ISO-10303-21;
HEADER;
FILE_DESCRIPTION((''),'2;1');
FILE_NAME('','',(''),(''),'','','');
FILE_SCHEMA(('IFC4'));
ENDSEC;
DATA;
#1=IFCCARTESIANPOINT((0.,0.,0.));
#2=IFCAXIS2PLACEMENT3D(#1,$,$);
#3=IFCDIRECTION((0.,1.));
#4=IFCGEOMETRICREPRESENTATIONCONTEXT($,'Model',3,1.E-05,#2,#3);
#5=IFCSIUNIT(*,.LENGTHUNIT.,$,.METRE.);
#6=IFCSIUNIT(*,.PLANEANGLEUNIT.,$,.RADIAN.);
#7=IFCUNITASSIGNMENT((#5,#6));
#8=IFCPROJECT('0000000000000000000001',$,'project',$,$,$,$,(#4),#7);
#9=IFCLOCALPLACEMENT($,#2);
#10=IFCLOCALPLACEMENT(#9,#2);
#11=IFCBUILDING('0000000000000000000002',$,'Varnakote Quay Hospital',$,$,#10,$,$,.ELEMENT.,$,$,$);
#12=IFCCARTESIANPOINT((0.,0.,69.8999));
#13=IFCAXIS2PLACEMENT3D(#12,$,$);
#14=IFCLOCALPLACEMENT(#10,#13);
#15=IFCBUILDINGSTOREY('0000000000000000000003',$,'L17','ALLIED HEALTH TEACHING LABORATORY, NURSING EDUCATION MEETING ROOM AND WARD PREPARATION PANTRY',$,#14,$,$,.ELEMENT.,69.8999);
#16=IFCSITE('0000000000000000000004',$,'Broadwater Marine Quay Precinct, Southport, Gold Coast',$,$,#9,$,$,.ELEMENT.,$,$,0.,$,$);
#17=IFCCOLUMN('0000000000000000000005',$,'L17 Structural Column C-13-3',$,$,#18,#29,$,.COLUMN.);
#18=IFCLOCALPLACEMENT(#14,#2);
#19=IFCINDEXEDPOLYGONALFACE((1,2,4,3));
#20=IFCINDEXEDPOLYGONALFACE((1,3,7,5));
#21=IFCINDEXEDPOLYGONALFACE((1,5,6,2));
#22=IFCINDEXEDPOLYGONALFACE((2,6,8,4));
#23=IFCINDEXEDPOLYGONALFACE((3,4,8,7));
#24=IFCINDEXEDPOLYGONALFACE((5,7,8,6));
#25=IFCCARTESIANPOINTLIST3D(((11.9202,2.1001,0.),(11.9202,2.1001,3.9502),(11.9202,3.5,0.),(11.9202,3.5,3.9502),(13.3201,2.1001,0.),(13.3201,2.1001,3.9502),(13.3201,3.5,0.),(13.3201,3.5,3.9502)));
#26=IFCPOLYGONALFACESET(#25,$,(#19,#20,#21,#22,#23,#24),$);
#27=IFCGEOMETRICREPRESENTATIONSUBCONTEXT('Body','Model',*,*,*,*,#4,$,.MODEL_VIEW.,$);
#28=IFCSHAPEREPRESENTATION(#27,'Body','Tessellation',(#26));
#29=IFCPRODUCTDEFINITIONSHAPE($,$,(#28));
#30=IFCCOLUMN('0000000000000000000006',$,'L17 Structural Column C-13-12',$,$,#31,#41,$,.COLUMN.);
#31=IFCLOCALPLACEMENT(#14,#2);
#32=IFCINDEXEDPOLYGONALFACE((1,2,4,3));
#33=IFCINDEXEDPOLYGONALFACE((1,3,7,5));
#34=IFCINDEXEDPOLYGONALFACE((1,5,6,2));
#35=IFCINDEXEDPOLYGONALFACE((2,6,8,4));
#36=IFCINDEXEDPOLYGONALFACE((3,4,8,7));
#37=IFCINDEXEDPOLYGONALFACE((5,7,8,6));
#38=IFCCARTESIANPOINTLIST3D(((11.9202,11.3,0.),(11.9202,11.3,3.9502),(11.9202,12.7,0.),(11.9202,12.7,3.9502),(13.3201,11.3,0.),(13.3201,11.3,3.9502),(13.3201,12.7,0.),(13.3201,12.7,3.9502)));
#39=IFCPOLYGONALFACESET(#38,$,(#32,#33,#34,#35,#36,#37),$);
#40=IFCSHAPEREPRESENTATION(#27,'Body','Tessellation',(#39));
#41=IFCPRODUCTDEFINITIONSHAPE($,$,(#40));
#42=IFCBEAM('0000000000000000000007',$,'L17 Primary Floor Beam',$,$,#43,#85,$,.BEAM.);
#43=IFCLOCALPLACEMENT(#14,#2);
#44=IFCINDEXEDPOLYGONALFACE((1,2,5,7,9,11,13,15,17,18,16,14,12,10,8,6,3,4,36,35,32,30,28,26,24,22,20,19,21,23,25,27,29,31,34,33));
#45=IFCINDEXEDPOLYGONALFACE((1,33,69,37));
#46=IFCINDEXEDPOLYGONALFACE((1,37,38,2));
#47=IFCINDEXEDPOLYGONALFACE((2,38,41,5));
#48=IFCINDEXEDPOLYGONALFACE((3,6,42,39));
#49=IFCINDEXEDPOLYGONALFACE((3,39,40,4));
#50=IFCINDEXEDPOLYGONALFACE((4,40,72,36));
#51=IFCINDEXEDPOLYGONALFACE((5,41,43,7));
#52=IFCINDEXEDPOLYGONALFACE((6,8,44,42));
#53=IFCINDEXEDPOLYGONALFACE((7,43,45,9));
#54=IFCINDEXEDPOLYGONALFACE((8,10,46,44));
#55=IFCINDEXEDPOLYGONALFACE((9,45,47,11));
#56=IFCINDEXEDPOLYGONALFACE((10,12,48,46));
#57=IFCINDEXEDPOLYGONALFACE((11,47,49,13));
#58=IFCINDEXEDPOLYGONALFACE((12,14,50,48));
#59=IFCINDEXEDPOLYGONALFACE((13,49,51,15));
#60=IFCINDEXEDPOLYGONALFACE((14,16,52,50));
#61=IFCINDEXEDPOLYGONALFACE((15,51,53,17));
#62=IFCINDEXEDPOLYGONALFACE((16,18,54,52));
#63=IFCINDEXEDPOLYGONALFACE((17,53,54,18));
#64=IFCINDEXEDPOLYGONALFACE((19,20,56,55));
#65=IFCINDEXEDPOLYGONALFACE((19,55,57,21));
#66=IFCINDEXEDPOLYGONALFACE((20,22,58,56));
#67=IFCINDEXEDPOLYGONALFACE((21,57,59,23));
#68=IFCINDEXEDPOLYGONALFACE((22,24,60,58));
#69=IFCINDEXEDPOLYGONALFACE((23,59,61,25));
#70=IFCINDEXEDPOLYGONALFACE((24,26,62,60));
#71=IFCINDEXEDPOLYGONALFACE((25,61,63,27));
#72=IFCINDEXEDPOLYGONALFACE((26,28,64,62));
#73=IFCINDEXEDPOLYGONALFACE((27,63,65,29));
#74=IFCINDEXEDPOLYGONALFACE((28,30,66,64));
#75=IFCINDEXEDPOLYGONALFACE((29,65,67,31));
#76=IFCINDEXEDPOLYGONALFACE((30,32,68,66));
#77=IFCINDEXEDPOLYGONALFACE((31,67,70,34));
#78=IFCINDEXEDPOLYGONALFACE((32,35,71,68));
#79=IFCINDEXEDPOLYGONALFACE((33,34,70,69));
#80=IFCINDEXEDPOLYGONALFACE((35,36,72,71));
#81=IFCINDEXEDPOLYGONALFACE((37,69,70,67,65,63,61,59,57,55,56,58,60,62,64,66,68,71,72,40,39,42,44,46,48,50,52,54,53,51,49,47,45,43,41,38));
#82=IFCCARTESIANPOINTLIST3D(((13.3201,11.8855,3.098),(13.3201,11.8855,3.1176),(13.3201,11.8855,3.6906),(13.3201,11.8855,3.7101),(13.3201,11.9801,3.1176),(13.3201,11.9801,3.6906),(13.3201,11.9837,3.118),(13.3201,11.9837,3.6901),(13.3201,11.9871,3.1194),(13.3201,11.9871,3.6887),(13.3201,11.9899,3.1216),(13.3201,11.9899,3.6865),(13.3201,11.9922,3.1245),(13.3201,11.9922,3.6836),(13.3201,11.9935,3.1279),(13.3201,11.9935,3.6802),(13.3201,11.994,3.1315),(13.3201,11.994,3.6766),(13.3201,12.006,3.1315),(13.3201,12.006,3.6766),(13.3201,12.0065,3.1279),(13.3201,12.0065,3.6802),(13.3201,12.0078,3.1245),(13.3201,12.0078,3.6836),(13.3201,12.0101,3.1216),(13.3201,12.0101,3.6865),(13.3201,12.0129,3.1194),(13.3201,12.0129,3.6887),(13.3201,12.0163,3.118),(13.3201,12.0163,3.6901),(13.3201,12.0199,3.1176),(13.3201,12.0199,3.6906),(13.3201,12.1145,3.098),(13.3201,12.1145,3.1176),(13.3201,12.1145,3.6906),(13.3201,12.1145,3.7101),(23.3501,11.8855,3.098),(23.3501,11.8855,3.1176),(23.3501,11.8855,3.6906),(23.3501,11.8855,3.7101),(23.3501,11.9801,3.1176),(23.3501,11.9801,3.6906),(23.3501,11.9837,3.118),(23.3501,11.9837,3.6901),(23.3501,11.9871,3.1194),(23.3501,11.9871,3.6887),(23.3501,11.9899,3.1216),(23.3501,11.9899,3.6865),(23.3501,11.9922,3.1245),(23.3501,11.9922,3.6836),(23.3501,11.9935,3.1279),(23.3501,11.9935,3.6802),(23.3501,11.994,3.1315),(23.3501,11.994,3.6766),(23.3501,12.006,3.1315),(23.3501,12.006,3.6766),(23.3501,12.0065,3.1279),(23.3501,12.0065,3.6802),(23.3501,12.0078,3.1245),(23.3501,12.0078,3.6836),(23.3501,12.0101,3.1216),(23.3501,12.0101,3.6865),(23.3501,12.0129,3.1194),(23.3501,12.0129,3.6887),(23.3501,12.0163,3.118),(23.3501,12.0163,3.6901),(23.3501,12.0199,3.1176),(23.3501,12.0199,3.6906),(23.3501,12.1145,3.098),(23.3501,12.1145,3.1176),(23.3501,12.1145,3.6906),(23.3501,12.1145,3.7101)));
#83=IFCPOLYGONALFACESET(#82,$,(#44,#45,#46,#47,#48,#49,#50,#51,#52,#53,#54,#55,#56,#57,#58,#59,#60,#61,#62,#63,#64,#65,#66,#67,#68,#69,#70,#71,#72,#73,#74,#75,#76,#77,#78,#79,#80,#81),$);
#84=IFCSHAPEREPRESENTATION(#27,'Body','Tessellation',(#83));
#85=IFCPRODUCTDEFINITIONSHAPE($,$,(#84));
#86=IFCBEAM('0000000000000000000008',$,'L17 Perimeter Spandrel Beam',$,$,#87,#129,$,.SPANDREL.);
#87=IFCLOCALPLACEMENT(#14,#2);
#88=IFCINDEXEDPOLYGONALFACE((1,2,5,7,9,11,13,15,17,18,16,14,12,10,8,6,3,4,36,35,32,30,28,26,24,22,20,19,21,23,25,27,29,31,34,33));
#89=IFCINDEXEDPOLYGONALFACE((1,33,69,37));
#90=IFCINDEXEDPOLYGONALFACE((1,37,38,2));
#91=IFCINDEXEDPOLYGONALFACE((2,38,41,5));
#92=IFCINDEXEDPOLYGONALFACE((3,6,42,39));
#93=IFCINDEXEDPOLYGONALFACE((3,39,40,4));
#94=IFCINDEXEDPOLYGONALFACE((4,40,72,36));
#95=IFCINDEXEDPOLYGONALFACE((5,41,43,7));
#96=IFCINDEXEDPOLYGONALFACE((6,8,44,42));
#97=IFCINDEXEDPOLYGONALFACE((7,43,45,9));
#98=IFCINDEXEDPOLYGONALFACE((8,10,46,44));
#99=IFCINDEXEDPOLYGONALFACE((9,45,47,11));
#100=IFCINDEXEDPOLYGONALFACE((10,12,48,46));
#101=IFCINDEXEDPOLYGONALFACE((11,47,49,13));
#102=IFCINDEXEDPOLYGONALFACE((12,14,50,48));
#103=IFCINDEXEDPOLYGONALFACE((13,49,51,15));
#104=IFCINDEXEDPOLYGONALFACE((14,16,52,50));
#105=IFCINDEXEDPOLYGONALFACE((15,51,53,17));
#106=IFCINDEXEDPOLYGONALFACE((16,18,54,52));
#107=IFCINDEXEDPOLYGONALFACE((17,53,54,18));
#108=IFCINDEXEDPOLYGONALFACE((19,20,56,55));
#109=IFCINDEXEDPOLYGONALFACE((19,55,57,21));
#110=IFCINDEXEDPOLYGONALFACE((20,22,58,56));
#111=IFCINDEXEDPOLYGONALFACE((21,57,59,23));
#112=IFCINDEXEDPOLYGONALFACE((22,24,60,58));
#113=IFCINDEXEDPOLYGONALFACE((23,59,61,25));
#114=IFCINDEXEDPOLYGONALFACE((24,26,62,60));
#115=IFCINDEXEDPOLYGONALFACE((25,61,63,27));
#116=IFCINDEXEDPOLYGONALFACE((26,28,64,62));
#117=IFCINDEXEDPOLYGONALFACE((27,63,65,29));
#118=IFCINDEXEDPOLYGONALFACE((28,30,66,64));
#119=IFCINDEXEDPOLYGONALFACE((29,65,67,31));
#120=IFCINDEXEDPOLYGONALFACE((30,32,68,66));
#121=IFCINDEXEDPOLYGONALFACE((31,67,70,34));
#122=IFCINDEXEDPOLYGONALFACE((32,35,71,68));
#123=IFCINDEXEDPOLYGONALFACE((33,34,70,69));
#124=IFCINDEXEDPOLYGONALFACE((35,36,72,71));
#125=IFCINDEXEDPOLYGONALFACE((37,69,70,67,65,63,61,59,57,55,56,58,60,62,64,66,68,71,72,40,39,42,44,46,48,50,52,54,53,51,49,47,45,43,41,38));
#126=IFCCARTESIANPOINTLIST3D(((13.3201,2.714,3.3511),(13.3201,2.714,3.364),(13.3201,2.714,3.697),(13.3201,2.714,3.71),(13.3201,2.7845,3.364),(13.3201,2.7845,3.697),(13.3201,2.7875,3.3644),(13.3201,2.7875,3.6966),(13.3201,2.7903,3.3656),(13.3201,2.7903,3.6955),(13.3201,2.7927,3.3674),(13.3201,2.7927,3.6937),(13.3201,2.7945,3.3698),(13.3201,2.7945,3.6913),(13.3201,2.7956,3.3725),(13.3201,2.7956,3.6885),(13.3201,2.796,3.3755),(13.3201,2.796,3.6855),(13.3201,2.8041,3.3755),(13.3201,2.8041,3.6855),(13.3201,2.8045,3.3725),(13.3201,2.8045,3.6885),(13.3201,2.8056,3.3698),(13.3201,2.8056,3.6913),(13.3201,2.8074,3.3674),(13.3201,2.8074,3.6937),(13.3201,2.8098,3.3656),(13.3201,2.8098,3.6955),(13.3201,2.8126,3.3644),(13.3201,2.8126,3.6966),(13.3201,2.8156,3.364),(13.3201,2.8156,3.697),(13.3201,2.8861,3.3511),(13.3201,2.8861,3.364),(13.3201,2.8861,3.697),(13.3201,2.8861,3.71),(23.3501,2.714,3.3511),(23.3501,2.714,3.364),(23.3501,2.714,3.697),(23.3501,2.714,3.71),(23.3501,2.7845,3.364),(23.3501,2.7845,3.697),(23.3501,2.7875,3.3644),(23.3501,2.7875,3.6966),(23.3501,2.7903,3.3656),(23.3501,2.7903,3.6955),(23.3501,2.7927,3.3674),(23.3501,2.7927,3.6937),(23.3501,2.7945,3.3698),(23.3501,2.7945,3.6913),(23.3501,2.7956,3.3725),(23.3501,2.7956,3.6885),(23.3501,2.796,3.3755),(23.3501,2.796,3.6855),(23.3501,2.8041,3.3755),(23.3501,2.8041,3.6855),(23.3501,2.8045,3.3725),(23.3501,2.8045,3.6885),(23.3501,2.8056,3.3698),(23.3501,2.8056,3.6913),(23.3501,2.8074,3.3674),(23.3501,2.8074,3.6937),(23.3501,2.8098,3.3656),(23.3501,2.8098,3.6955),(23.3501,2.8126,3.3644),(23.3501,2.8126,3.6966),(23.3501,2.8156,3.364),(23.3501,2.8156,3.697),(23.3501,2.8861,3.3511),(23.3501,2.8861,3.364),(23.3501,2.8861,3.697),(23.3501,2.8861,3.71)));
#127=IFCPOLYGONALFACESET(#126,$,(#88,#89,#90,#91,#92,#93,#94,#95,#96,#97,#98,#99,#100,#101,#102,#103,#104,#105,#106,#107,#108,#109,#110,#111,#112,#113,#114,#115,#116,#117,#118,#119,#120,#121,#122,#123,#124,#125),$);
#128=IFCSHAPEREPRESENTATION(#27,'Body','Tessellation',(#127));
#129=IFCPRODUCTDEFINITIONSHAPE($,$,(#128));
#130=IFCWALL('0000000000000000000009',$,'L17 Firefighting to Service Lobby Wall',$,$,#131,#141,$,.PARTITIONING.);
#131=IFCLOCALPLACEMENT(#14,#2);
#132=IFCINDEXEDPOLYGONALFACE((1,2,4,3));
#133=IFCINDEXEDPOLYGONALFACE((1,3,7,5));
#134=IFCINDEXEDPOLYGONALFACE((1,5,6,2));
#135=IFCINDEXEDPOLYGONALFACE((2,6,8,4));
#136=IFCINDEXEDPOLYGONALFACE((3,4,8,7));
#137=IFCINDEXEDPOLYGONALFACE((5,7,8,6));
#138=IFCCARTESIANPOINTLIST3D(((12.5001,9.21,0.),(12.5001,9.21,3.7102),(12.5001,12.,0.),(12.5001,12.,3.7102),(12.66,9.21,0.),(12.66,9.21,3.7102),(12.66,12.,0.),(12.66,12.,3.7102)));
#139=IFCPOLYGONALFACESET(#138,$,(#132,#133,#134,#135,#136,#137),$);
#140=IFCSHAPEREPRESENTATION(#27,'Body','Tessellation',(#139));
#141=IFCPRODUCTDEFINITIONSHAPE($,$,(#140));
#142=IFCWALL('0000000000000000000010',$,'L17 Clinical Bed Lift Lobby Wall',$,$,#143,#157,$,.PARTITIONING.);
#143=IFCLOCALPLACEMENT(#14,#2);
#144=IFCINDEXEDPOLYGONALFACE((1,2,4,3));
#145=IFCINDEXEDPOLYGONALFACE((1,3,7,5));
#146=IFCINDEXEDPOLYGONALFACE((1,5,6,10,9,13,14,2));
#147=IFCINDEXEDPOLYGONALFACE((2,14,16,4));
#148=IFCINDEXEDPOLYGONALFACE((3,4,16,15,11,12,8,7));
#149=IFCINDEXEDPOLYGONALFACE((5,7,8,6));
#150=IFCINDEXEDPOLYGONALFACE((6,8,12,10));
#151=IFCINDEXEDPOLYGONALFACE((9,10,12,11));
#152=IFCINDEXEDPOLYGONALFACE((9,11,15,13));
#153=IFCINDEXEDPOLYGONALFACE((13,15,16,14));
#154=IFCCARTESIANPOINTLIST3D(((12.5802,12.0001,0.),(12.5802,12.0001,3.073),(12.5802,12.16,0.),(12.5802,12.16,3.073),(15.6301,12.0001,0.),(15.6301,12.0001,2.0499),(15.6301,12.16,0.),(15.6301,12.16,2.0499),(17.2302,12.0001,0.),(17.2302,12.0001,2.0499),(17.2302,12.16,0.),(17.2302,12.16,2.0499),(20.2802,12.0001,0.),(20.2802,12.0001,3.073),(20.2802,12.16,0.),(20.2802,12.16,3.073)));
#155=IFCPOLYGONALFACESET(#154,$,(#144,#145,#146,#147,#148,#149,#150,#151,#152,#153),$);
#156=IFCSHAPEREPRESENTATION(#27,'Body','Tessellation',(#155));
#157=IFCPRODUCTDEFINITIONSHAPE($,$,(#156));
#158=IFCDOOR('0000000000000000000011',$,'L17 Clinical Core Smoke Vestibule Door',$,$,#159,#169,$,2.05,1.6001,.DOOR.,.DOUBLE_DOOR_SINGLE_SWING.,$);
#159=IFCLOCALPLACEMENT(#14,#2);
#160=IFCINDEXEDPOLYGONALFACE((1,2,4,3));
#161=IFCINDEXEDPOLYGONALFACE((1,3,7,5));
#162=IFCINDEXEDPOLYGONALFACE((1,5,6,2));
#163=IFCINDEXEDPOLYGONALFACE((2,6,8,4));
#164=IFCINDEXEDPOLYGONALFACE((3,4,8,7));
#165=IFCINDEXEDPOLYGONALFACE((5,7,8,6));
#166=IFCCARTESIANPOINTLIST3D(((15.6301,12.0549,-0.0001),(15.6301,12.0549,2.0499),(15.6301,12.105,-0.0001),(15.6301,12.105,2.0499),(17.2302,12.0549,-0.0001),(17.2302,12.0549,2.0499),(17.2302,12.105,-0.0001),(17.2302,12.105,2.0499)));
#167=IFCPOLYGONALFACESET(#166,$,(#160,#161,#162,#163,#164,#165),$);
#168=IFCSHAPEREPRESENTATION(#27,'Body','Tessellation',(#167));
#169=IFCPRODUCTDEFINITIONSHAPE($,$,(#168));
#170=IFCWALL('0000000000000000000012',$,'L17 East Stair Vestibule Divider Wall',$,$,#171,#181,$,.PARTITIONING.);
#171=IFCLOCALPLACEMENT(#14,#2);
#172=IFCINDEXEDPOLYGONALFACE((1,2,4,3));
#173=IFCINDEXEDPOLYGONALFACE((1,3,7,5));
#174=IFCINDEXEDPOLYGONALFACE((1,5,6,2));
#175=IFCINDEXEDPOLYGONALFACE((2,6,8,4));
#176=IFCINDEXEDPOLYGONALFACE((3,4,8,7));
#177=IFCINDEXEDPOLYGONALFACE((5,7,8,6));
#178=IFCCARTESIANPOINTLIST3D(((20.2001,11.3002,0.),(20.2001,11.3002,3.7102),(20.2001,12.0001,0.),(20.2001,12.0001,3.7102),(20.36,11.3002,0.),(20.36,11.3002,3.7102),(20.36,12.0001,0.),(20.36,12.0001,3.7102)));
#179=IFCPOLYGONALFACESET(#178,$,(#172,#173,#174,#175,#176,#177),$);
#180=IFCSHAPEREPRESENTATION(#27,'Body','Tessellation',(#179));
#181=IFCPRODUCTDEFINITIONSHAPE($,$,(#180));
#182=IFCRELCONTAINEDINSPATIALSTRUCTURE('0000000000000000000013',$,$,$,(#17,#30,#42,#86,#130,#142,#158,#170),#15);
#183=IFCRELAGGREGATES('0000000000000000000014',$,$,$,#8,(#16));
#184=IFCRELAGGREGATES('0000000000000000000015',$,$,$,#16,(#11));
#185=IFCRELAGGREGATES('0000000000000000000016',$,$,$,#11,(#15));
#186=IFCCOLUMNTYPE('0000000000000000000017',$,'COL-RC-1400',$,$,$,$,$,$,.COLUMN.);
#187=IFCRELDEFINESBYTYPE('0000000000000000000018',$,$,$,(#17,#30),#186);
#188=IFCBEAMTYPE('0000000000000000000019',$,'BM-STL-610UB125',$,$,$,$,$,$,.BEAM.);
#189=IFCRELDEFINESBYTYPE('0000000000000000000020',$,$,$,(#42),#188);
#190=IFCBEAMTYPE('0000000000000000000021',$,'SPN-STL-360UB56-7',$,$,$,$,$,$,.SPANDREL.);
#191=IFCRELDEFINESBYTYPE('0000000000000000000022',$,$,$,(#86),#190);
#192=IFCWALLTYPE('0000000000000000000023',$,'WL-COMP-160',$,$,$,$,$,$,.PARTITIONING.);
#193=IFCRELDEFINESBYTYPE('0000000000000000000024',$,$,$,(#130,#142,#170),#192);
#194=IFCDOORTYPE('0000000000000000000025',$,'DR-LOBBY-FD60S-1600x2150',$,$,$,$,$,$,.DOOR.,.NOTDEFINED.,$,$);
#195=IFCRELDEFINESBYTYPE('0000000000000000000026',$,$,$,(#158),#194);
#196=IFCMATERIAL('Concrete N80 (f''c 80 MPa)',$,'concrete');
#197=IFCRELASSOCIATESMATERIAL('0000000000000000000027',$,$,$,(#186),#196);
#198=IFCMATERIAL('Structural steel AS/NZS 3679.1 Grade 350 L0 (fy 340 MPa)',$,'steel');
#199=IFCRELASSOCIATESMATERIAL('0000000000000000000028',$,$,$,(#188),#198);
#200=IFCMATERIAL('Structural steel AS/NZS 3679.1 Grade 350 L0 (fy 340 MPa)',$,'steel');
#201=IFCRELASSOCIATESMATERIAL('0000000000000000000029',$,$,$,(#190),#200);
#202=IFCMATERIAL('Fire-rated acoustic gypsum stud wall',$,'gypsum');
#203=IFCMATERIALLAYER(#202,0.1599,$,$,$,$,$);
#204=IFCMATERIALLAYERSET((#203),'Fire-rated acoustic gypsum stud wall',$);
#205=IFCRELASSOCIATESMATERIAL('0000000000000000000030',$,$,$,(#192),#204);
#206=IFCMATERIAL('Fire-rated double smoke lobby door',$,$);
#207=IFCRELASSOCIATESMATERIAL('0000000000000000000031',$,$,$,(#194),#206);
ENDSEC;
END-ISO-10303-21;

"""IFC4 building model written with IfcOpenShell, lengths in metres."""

from ifc_helpers import new_model, si_unit, direction, frame, frame_2d, origin, origin_2d, place, context, subcontext, project, spatial, rectangle, i_section, extrude, material, layer, layer_set, material_profile, profile_set, type_object, element, fill, save


model = new_model("IFC4")

# Units and contexts
model_context = context("Model", 3, precision=1e-05, world=origin(), true_north=direction((0.0, 1.0)))
body_context = subcontext(model_context, "Body", "Model", "MODEL_VIEW")
ifc_project = project(units=[si_unit("LENGTHUNIT", "METRE"), si_unit("PLANEANGLEUNIT", "RADIAN")], contexts=[model_context])

# Site, building, storey
site_placement = place(None, origin())
site = spatial("IfcSite", under=ifc_project, at=site_placement, Name="Broadwater Marine Quay Precinct, Southport, Gold Coast", CompositionType="ELEMENT", RefElevation=0.0)
building_placement = place(site_placement, origin())
building = spatial("IfcBuilding", under=site, at=building_placement, Name="Varnakote Quay Hospital", CompositionType="ELEMENT")
storey_placement = place(building_placement, frame((0.0, 0.0, 69.8999)))
storey = spatial("IfcBuildingStorey", under=building, at=storey_placement, Name="L17", Description="ALLIED HEALTH TEACHING LABORATORY, NURSING EDUCATION MEETING ROOM AND WARD PREPARATION PANTRY", CompositionType="ELEMENT", Elevation=69.8999)

# Columns
ifc_material_1 = material(Name="Concrete N80 (f'c 80 MPa)", Category="concrete")
ifc_material_profile_1 = material_profile(ifc_material_1, rectangle(XDim=1.3999, YDim=1.3999, at=origin_2d()), Name="RC-COL-1400x1400")
ifc_profile_set_1 = profile_set([ifc_material_profile_1], Name="Concrete N80 (f'c 80 MPa)")
column_type = type_object("IfcColumnType", Name="COL-RC-1400", PredefinedType="COLUMN", material=ifc_profile_set_1)
for number, where, z_axis, x_axis, name in (
    (1, (12.6201, 2.8, 0.0), (0.0, 0.0, 1.0), (1.0, 0.0, 0.0), "L17 Structural Column C-13-3"),
    (2, (12.6201, 12.0, 0.0), (0.0, 0.0, 1.0), (1.0, 0.0, 0.0), "L17 Structural Column C-13-12"),
):
    element("IfcColumn", number, at=place(storey_placement, frame(where, z_axis=z_axis, x_axis=x_axis)), inside=storey, type_object=column_type, Name=name, PredefinedType="COLUMN", context=body_context, shape_type="SweptSolid", body=[
        extrude(rectangle(XDim=1.3999, YDim=1.3999, at=origin_2d()), origin(), (0.0, 0.0, 1.0), 3.9502),
    ])

# Beams
ifc_material_2 = material(Name="Structural steel AS/NZS 3679.1 Grade 350 L0 (fy 340 MPa)", Category="steel")
ifc_material_profile_2 = material_profile(ifc_material_2, i_section(OverallWidth=0.229, OverallDepth=0.6121, WebThickness=0.012, FlangeThickness=0.0195, FilletRadius=0.0139, at=origin_2d()), Name="610UB125")
ifc_profile_set_2 = profile_set([ifc_material_profile_2], Name="Structural steel AS/NZS 3679.1 Grade 350 L0 (fy 340 MPa)")
beam_type_1 = type_object("IfcBeamType", Name="BM-STL-610UB125", PredefinedType="BEAM", material=ifc_profile_set_2)
beam_1_placement = place(storey_placement, frame((13.3201, 12.0, 3.4041), z_axis=(1.0, 0.0, 0.0), x_axis=(0.0, 1.0, 0.0)))
element("IfcBeam", 3, at=beam_1_placement, inside=storey, type_object=beam_type_1, Name="L17 Primary Floor Beam", PredefinedType="BEAM", context=body_context, shape_type="SweptSolid", body=[
    extrude(i_section(OverallWidth=0.229, OverallDepth=0.6121, WebThickness=0.012, FlangeThickness=0.0195, FilletRadius=0.0139, at=origin_2d()), origin(), (0.0, 0.0, 1.0), 10.03),
])
ifc_material_3 = material(Name="Structural steel AS/NZS 3679.1 Grade 350 L0 (fy 340 MPa)", Category="steel")
ifc_material_profile_3 = material_profile(ifc_material_3, i_section(OverallWidth=0.1721, OverallDepth=0.3589, WebThickness=0.0081, FlangeThickness=0.0129, FilletRadius=0.0115, at=origin_2d()), Name="360UB56.7")
ifc_profile_set_3 = profile_set([ifc_material_profile_3], Name="Structural steel AS/NZS 3679.1 Grade 350 L0 (fy 340 MPa)")
beam_type_2 = type_object("IfcBeamType", Name="SPN-STL-360UB56-7", PredefinedType="SPANDREL", material=ifc_profile_set_3)
beam_2_placement = place(storey_placement, frame((13.3201, 2.8, 3.5305), z_axis=(1.0, 0.0, 0.0), x_axis=(0.0, 1.0, 0.0)))
element("IfcBeam", 4, at=beam_2_placement, inside=storey, type_object=beam_type_2, Name="L17 Perimeter Spandrel Beam", PredefinedType="SPANDREL", context=body_context, shape_type="SweptSolid", body=[
    extrude(i_section(OverallWidth=0.1721, OverallDepth=0.3589, WebThickness=0.0081, FlangeThickness=0.0129, FilletRadius=0.0115, at=origin_2d()), origin(), (0.0, 0.0, 1.0), 10.03),
])

# Wall
ifc_material_4 = material(Name="Fire-rated acoustic gypsum stud wall", Category="gypsum")
ifc_layer_1 = layer(ifc_material_4, 0.1599)
ifc_layer_set_1 = layer_set([ifc_layer_1], Name="Fire-rated acoustic gypsum stud wall")
wall_type_1 = type_object("IfcWallType", Name="WL-COMP-160", PredefinedType="PARTITIONING", material=ifc_layer_set_1)
wall_1_placement = place(storey_placement, frame((12.5801, 9.21, 0.0), z_axis=(0.0, 0.0, 1.0), x_axis=(0.0, 1.0, 0.0)))
element("IfcWall", 5, at=wall_1_placement, inside=storey, type_object=wall_type_1, Name="L17 Firefighting to Service Lobby Wall", PredefinedType="PARTITIONING", context=body_context, shape_type="SweptSolid", body=[
    extrude(rectangle(XDim=2.79, YDim=0.1599, at=frame_2d((1.395, 0.0))), origin(), (0.0, 0.0, 1.0), 3.7102),
])

# Wall, opening, door
wall_2_placement = place(storey_placement, frame((12.5801, 12.0801, 0.0), z_axis=(0.0, 0.0, 1.0), x_axis=(1.0, 0.0, 0.0)))
wall_2 = element("IfcWall", 6, at=wall_2_placement, inside=storey, type_object=wall_type_1, Name="L17 Clinical Bed Lift Lobby Wall", PredefinedType="PARTITIONING", context=body_context, shape_type="SweptSolid", body=[
    extrude(rectangle(XDim=7.7, YDim=0.1599, at=frame_2d((3.8501, 0.0))), origin(), (0.0, 0.0, 1.0), 3.073),
])
opening_1_placement = place(wall_2_placement, frame((3.05, 0.0, 0.0)))
opening_1 = element("IfcOpeningElement", 7, at=opening_1_placement, cuts=wall_2, PredefinedType="OPENING", context=body_context, shape_type="SweptSolid", body=[
    extrude(rectangle(XDim=1.6001, YDim=2.05, at=frame_2d((0.8, 1.0249))), frame((0.0, 0.0898, 0.0), z_axis=(0.0, -1.0, 0.0), x_axis=(1.0, 0.0, 0.0)), (0.0, 0.0, 1.0), 0.1799),
])
ifc_material_5 = material(Name="Fire-rated double smoke lobby door")
door_type_1 = type_object("IfcDoorType", Name="DR-LOBBY-FD60S-1600x2150", OperationType="NOTDEFINED", PredefinedType="DOOR", material=ifc_material_5)
door_1_placement = place(opening_1_placement, origin())
door_1 = element("IfcDoor", 8, at=door_1_placement, inside=storey, type_object=door_type_1, Name="L17 Clinical Core Smoke Vestibule Door", OperationType="DOUBLE_DOOR_SINGLE_SWING", OverallHeight=2.05, OverallWidth=1.6001, PredefinedType="DOOR", context=body_context, shape_type="SweptSolid", body=[
    extrude(rectangle(XDim=1.6001, YDim=2.05, at=frame_2d((0.8, 1.0249))), frame((0.0, 0.0249, 0.0), z_axis=(0.0, -1.0, 0.0), x_axis=(1.0, 0.0, 0.0)), (0.0, 0.0, 1.0), 0.05),
])
fill(opening_1, door_1)

# Wall
wall_3_placement = place(storey_placement, frame((20.28, 11.3, 0.0), z_axis=(0.0, 0.0, 1.0), x_axis=(0.0, 1.0, 0.0)))
element("IfcWall", 9, at=wall_3_placement, inside=storey, type_object=wall_type_1, Name="L17 East Stair Vestibule Divider Wall", PredefinedType="PARTITIONING", context=body_context, shape_type="SweptSolid", body=[
    extrude(rectangle(XDim=0.7, YDim=0.1599, at=frame_2d((0.3501, 0.0))), origin(), (0.0, 0.0, 1.0), 3.7102),
])

save(model, "model.ifc")
